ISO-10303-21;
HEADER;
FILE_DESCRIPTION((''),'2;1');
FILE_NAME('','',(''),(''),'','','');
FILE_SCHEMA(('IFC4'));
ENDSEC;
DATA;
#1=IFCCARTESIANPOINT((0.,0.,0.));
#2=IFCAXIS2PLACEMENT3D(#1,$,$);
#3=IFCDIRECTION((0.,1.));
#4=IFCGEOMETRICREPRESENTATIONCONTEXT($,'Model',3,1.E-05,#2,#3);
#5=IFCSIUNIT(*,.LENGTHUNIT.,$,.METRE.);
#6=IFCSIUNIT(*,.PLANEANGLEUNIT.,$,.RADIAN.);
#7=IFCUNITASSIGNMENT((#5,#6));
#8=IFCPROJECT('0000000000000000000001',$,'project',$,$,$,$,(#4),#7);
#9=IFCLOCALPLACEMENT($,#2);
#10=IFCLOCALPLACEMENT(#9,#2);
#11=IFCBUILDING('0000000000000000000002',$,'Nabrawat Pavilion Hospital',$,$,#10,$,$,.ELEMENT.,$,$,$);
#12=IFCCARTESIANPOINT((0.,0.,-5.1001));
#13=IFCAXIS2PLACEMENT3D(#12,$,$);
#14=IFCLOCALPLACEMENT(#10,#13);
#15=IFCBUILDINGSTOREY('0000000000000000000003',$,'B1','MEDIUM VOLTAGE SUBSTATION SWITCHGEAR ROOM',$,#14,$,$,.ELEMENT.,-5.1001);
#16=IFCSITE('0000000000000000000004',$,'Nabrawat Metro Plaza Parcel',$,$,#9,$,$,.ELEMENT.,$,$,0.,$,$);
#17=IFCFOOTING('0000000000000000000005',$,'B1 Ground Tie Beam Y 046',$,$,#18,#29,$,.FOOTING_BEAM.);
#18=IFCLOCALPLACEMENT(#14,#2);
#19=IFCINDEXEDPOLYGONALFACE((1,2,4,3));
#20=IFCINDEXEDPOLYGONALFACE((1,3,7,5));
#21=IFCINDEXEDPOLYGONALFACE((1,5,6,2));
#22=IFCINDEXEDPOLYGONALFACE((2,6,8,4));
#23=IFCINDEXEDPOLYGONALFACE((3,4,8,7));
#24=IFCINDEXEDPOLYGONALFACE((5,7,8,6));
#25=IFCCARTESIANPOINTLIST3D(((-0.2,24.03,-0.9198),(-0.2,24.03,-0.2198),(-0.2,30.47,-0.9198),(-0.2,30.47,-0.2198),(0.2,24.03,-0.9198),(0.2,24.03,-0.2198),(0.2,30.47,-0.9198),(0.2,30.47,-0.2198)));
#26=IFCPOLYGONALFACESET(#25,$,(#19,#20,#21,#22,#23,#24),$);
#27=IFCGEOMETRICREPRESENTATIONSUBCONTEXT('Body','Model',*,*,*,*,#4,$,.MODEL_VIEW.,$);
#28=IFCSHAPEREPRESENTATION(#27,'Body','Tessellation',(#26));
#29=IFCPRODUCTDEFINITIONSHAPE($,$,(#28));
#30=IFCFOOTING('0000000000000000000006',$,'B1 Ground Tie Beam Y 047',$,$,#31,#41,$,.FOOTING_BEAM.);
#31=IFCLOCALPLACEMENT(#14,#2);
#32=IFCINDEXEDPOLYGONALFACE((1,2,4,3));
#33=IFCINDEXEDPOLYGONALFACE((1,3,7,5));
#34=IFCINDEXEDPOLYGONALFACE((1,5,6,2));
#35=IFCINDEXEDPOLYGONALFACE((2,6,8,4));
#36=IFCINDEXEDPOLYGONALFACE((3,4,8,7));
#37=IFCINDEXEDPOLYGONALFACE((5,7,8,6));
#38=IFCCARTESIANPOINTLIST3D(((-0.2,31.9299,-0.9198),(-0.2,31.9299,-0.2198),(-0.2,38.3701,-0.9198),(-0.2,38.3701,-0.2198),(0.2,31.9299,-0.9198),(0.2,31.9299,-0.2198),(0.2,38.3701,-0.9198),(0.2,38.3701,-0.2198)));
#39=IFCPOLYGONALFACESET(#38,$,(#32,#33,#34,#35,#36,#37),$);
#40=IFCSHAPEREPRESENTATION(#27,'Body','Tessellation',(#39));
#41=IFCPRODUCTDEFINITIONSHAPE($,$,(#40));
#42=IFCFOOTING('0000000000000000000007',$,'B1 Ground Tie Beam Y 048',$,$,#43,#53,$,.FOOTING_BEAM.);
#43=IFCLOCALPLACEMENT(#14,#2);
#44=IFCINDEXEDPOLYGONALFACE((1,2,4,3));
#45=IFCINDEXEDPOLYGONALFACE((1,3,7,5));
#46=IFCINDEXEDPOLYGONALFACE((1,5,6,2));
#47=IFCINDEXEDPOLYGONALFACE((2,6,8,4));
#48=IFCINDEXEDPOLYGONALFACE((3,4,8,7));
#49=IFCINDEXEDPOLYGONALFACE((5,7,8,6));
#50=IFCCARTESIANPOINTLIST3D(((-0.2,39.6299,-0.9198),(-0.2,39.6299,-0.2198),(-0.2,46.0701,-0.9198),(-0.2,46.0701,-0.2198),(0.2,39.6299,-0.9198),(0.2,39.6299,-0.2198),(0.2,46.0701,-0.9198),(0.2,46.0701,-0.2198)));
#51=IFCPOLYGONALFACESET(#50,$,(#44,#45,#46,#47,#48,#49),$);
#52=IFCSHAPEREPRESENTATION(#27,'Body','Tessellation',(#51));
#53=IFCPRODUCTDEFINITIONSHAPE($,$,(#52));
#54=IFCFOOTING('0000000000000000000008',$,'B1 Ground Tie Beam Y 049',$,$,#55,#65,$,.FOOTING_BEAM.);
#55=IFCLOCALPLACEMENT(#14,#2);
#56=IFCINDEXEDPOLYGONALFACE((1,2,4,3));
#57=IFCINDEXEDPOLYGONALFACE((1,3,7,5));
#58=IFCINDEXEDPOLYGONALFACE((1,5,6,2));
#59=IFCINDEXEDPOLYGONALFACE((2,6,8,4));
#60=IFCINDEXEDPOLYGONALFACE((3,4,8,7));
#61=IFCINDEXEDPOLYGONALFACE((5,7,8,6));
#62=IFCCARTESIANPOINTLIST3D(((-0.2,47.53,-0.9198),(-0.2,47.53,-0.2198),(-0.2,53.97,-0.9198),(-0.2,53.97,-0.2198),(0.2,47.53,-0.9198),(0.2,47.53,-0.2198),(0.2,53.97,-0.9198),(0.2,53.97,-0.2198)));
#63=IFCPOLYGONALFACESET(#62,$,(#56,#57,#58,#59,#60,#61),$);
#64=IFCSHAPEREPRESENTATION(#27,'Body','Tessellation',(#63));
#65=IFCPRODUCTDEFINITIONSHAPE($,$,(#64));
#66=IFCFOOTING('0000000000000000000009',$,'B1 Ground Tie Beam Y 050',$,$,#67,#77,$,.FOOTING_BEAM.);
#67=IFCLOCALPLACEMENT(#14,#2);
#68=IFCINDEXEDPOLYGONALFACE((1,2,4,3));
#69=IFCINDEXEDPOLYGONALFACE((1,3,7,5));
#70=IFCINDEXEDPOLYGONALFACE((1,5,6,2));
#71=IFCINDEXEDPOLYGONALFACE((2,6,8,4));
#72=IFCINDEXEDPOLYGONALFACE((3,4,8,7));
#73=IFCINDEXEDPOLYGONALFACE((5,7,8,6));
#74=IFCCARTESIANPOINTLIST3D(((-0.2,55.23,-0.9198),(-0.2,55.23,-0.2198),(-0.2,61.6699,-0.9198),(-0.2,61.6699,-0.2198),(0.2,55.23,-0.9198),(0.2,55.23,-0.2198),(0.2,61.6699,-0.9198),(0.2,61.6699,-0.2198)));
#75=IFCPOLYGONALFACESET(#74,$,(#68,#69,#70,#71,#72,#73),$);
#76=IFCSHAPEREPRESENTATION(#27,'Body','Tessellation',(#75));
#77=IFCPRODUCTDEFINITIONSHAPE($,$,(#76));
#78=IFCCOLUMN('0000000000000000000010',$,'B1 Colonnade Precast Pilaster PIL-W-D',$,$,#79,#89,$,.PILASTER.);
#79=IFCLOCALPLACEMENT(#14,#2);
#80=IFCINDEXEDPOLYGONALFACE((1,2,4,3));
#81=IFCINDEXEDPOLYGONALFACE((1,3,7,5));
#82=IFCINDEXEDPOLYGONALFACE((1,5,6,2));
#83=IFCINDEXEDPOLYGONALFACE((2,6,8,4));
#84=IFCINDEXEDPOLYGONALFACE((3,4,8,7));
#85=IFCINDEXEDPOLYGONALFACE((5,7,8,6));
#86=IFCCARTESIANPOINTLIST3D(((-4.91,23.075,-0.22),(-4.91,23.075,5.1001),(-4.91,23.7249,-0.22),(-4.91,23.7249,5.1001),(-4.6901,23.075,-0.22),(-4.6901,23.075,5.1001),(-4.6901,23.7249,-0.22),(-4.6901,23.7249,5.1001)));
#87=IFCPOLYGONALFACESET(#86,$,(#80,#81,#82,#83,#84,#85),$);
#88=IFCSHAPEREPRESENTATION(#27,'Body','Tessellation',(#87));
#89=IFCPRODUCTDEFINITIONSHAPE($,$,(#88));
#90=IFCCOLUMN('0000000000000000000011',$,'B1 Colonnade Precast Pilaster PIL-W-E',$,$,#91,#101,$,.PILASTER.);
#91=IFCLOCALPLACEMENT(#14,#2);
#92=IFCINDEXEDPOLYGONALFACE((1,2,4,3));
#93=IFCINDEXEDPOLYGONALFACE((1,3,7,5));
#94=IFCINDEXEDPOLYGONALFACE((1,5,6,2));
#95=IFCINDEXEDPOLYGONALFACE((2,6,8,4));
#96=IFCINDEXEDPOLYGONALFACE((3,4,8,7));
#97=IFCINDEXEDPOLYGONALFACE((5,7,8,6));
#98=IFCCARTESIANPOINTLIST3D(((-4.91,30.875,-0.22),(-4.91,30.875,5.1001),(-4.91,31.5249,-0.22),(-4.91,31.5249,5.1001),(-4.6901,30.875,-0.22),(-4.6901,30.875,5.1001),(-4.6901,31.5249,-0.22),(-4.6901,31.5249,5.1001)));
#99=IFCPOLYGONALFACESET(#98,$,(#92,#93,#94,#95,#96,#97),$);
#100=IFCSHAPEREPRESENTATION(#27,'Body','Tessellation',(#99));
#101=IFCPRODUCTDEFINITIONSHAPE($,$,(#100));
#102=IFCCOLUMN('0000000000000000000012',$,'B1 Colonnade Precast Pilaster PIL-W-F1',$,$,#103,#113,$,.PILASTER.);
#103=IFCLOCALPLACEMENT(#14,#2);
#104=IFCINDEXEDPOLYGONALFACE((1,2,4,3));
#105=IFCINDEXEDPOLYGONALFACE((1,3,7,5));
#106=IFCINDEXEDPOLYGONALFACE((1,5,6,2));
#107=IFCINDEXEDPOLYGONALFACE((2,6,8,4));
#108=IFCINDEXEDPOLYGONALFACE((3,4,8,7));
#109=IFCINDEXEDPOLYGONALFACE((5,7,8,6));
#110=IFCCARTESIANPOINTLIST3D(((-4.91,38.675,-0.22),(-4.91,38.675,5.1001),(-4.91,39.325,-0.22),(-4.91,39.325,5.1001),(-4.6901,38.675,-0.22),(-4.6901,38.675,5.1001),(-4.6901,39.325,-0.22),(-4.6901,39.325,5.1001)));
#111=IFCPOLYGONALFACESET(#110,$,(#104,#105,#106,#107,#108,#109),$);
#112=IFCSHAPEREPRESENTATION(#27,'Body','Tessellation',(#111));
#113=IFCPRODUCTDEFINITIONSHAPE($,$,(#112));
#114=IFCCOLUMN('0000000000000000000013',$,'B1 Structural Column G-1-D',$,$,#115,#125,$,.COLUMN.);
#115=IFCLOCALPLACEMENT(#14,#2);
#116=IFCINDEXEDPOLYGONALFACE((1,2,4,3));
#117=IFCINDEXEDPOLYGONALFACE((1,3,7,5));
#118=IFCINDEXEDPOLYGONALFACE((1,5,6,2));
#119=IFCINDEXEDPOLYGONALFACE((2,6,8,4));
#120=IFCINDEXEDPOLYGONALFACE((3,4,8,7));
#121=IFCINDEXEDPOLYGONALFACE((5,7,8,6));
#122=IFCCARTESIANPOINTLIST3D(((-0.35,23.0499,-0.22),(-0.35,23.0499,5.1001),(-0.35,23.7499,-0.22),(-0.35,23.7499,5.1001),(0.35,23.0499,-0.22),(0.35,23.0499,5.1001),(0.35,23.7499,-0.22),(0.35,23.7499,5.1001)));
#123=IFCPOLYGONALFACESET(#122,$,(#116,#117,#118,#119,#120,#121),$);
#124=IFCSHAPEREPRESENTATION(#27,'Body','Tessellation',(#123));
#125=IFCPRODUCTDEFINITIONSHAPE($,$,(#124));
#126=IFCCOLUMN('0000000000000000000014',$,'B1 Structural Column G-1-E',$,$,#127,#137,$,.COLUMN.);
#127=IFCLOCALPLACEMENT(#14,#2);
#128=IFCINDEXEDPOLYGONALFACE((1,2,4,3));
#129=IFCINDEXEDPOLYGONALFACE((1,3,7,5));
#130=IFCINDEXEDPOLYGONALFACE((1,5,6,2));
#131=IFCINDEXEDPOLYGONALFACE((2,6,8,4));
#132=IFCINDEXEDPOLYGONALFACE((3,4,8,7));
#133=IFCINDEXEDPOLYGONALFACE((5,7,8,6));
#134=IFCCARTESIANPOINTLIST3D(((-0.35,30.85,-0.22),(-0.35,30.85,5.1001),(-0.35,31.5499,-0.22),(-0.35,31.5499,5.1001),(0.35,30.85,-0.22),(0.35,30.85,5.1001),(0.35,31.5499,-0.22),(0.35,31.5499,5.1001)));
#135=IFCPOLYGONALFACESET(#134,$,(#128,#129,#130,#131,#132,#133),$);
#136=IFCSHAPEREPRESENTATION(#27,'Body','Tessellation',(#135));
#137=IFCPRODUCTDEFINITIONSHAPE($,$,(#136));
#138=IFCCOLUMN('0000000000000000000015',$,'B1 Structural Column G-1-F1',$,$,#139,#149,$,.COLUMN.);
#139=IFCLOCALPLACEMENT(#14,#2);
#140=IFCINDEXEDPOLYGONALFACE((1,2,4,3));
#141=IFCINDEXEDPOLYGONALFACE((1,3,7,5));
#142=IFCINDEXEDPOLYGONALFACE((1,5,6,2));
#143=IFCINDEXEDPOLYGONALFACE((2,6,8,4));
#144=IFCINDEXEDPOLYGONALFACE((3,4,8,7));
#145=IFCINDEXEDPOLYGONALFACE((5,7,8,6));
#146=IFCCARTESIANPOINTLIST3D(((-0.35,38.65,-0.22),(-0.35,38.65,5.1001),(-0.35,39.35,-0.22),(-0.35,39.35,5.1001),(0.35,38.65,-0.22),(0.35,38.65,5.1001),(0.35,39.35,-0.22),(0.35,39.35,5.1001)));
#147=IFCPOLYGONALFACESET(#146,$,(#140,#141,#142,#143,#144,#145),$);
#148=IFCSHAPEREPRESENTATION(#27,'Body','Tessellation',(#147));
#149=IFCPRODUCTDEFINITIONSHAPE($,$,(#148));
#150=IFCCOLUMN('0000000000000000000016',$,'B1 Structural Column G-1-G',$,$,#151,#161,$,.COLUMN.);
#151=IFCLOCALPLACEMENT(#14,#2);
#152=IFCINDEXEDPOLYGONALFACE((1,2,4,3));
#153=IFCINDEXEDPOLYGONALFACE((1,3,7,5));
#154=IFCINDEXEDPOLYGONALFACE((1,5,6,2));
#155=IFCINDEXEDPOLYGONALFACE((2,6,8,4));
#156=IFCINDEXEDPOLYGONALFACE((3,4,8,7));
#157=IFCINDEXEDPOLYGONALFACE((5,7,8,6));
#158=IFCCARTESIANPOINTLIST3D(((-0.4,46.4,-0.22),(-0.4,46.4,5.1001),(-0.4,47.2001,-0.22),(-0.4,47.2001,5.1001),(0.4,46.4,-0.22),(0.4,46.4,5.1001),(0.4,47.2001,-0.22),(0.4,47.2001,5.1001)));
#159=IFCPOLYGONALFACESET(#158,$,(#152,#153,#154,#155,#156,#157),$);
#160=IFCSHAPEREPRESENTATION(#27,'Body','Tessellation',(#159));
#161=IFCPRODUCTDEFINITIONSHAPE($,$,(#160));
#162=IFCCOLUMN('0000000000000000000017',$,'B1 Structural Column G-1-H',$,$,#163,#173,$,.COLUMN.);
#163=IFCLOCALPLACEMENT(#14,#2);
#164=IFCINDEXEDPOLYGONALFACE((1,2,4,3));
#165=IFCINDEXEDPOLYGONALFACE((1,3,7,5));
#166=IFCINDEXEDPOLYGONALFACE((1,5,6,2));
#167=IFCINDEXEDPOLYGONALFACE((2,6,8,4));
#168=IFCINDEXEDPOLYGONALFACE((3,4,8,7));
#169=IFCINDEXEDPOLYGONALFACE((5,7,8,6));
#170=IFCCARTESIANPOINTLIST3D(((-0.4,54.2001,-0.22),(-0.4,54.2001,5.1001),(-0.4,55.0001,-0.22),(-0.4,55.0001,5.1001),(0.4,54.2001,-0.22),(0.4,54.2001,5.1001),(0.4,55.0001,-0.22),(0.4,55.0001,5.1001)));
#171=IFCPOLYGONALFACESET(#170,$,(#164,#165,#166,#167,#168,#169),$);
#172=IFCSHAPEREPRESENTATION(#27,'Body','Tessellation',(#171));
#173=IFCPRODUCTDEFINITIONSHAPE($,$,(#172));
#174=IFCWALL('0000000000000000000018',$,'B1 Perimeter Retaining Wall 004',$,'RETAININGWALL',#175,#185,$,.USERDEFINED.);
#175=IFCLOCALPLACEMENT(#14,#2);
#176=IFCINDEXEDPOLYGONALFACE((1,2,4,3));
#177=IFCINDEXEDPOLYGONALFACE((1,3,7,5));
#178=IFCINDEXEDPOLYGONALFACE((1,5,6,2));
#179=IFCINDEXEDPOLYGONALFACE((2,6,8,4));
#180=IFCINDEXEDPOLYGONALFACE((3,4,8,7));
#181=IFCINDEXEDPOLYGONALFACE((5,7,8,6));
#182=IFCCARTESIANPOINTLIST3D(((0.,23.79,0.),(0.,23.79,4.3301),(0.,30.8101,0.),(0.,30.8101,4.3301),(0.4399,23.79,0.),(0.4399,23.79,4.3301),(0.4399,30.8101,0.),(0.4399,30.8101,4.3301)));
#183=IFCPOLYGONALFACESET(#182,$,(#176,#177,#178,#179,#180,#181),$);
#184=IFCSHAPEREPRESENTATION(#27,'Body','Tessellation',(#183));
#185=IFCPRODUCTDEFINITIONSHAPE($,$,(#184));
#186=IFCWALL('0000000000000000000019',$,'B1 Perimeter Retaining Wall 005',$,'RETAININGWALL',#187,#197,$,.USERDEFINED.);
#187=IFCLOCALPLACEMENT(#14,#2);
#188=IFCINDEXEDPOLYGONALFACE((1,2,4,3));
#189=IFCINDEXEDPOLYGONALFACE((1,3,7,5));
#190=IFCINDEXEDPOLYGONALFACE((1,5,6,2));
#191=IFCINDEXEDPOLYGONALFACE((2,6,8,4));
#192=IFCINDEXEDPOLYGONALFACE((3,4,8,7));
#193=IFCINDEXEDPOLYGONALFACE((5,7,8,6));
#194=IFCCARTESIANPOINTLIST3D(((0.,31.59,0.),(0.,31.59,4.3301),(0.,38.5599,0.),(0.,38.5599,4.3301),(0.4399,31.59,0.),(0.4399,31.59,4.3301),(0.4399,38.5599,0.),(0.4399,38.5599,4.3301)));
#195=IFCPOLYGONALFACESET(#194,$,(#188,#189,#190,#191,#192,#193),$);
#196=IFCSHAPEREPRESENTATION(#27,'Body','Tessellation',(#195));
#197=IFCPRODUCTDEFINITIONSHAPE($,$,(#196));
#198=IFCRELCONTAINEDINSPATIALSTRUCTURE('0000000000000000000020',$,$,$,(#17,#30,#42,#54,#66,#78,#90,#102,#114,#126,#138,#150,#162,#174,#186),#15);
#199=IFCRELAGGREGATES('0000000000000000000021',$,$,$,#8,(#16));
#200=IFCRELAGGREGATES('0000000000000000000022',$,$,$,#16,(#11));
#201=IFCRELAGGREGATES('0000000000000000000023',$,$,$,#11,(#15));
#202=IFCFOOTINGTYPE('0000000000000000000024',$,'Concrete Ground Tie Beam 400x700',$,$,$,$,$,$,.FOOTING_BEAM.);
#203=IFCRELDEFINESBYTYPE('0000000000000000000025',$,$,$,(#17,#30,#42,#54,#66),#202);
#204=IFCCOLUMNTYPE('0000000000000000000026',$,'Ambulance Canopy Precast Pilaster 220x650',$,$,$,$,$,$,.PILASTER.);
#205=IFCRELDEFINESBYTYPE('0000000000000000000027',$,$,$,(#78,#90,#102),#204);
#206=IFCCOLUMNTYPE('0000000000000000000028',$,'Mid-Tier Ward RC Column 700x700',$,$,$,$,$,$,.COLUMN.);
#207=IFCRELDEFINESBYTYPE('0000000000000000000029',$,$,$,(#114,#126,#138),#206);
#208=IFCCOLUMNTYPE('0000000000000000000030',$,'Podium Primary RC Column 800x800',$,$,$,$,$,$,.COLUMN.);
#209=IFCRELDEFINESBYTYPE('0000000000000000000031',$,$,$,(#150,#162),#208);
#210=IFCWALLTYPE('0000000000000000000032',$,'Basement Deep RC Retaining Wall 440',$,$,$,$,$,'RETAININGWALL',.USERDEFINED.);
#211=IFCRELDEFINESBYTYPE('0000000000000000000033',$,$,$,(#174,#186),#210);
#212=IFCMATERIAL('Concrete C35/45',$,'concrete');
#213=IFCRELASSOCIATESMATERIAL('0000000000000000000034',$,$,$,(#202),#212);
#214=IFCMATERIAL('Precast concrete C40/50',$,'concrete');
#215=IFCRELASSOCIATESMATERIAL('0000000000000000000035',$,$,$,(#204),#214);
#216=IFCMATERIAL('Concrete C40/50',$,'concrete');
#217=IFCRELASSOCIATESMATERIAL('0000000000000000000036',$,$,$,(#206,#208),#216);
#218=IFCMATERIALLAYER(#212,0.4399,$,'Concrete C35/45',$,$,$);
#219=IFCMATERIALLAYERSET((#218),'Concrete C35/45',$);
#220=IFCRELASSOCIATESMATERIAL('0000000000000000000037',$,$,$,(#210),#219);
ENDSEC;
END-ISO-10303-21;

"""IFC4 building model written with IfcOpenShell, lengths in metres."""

from ifc_helpers import new_model, si_unit, direction, frame, frame_2d, origin, origin_2d, place, context, subcontext, project, spatial, rectangle, extrude, material, layer, layer_set, material_profile, profile_set, type_object, element, save


model = new_model("IFC4")

# Units and contexts
model_context = context("Model", 3, precision=1e-05, world=origin(), true_north=direction((0.0, 1.0)))
body_context = subcontext(model_context, "Body", "Model", "MODEL_VIEW")
ifc_project = project(units=[si_unit("LENGTHUNIT", "METRE"), si_unit("PLANEANGLEUNIT", "RADIAN")], contexts=[model_context])

# Site, building, storey
site_placement = place(None, origin())
site = spatial("IfcSite", under=ifc_project, at=site_placement, Name="Nabrawat Metro Plaza Parcel", CompositionType="ELEMENT", RefElevation=0.0)
building_placement = place(site_placement, origin())
building = spatial("IfcBuilding", under=site, at=building_placement, Name="Nabrawat Pavilion Hospital", CompositionType="ELEMENT")
storey_placement = place(building_placement, frame((0.0, 0.0, -5.1001)))
storey = spatial("IfcBuildingStorey", under=building, at=storey_placement, Name="B1", Description="MEDIUM VOLTAGE SUBSTATION SWITCHGEAR ROOM", CompositionType="ELEMENT", Elevation=-5.1001)

# Shared definitions
ifc_material_1 = material(Name="Concrete C35/45", Category="concrete")

# Footings
ifc_material_profile_1 = material_profile(ifc_material_1, rectangle(XDim=0.3999, YDim=0.7, at=origin_2d()), Name="RC 400x700")
ifc_profile_set_1 = profile_set([ifc_material_profile_1], Name="Concrete C35/45")
footing_type = type_object("IfcFootingType", Name="Concrete Ground Tie Beam 400x700", PredefinedType="FOOTING_BEAM", material=ifc_profile_set_1)
footing_placement = place(storey_placement, frame((0.0, 24.03, -0.5698), z_axis=(0.0, 1.0, 0.0), x_axis=(-1.0, 0.0, 0.0)))
element("IfcFooting", 1, at=footing_placement, inside=storey, type_object=footing_type, Name="B1 Ground Tie Beam Y 046", PredefinedType="FOOTING_BEAM", context=body_context, shape_type="SweptSolid", body=[
    extrude(rectangle(XDim=0.3999, YDim=0.7, at=origin_2d()), origin(), (0.0, 0.0, 1.0), 6.4399),
])
for number, where, z_axis, x_axis, name in (
    (2, (0.0, 31.9299, -0.5698), (0.0, 1.0, 0.0), (-1.0, 0.0, 0.0), "B1 Ground Tie Beam Y 047"),
    (3, (0.0, 39.6299, -0.5698), (0.0, 1.0, 0.0), (-1.0, 0.0, 0.0), "B1 Ground Tie Beam Y 048"),
):
    element("IfcFooting", number, at=place(storey_placement, frame(where, z_axis=z_axis, x_axis=x_axis)), inside=storey, type_object=footing_type, Name=name, PredefinedType="FOOTING_BEAM", context=body_context, shape_type="SweptSolid", body=[
        extrude(rectangle(XDim=0.3999, YDim=0.7, at=origin_2d()), origin(), (0.0, 0.0, 1.0), 6.4402),
    ])
for number, where, z_axis, x_axis, name in (
    (4, (0.0, 47.53, -0.5698), (0.0, 1.0, 0.0), (-1.0, 0.0, 0.0), "B1 Ground Tie Beam Y 049"),
    (5, (0.0, 55.23, -0.5698), (0.0, 1.0, 0.0), (-1.0, 0.0, 0.0), "B1 Ground Tie Beam Y 050"),
):
    element("IfcFooting", number, at=place(storey_placement, frame(where, z_axis=z_axis, x_axis=x_axis)), inside=storey, type_object=footing_type, Name=name, PredefinedType="FOOTING_BEAM", context=body_context, shape_type="SweptSolid", body=[
        extrude(rectangle(XDim=0.3999, YDim=0.7, at=origin_2d()), origin(), (0.0, 0.0, 1.0), 6.4399),
    ])

# Columns
ifc_material_2 = material(Name="Precast concrete C40/50", Category="concrete")
ifc_material_profile_2 = material_profile(ifc_material_2, rectangle(XDim=0.22, YDim=0.6499, at=origin_2d()), Name="PC 220x650")
ifc_profile_set_2 = profile_set([ifc_material_profile_2], Name="Precast concrete C40/50")
column_type_1 = type_object("IfcColumnType", Name="Ambulance Canopy Precast Pilaster 220x650", PredefinedType="PILASTER", material=ifc_profile_set_2)
for number, where, z_axis, x_axis, name in (
    (6, (-4.8, 23.3999, -0.22), (0.0, 0.0, 1.0), (1.0, 0.0, 0.0), "B1 Colonnade Precast Pilaster PIL-W-D"),
    (7, (-4.8, 31.2, -0.22), (0.0, 0.0, 1.0), (1.0, 0.0, 0.0), "B1 Colonnade Precast Pilaster PIL-W-E"),
    (8, (-4.8, 39.0, -0.22), (0.0, 0.0, 1.0), (1.0, 0.0, 0.0), "B1 Colonnade Precast Pilaster PIL-W-F1"),
):
    element("IfcColumn", number, at=place(storey_placement, frame(where, z_axis=z_axis, x_axis=x_axis)), inside=storey, type_object=column_type_1, Name=name, PredefinedType="PILASTER", context=body_context, shape_type="SweptSolid", body=[
        extrude(rectangle(XDim=0.22, YDim=0.6499, at=origin_2d()), origin(), (0.0, 0.0, 1.0), 5.3201),
    ])
ifc_material_3 = material(Name="Concrete C40/50", Category="concrete")
ifc_material_profile_3 = material_profile(ifc_material_3, rectangle(XDim=0.7, YDim=0.7, at=origin_2d()), Name="RC 700x700")
ifc_profile_set_3 = profile_set([ifc_material_profile_3], Name="Concrete C40/50")
column_type_2 = type_object("IfcColumnType", Name="Mid-Tier Ward RC Column 700x700", PredefinedType="COLUMN", material=ifc_profile_set_3)
for number, where, z_axis, x_axis, name in (
    (9, (0.0, 23.3999, -0.22), (0.0, 0.0, 1.0), (1.0, 0.0, 0.0), "B1 Structural Column G-1-D"),
    (10, (0.0, 31.2, -0.22), (0.0, 0.0, 1.0), (1.0, 0.0, 0.0), "B1 Structural Column G-1-E"),
    (11, (0.0, 39.0, -0.22), (0.0, 0.0, 1.0), (1.0, 0.0, 0.0), "B1 Structural Column G-1-F1"),
):
    element("IfcColumn", number, at=place(storey_placement, frame(where, z_axis=z_axis, x_axis=x_axis)), inside=storey, type_object=column_type_2, Name=name, PredefinedType="COLUMN", context=body_context, shape_type="SweptSolid", body=[
        extrude(rectangle(XDim=0.7, YDim=0.7, at=origin_2d()), origin(), (0.0, 0.0, 1.0), 5.3201),
    ])
ifc_material_profile_4 = material_profile(ifc_material_3, rectangle(XDim=0.8, YDim=0.8, at=origin_2d()), Name="RC 800x800")
ifc_profile_set_4 = profile_set([ifc_material_profile_4], Name="Concrete C40/50")
column_type_3 = type_object("IfcColumnType", Name="Podium Primary RC Column 800x800", PredefinedType="COLUMN", material=ifc_profile_set_4)
for number, where, z_axis, x_axis, name in (
    (12, (0.0, 46.8, -0.22), (0.0, 0.0, 1.0), (1.0, 0.0, 0.0), "B1 Structural Column G-1-G"),
    (13, (0.0, 54.6001, -0.22), (0.0, 0.0, 1.0), (1.0, 0.0, 0.0), "B1 Structural Column G-1-H"),
):
    element("IfcColumn", number, at=place(storey_placement, frame(where, z_axis=z_axis, x_axis=x_axis)), inside=storey, type_object=column_type_3, Name=name, PredefinedType="COLUMN", context=body_context, shape_type="SweptSolid", body=[
        extrude(rectangle(XDim=0.8, YDim=0.8, at=origin_2d()), origin(), (0.0, 0.0, 1.0), 5.3201),
    ])

# Walls
ifc_layer_1 = layer(ifc_material_1, 0.4399, Name="Concrete C35/45")
ifc_layer_set_1 = layer_set([ifc_layer_1], Name="Concrete C35/45")
wall_type_1 = type_object("IfcWallType", Name="Basement Deep RC Retaining Wall 440", ElementType="RETAININGWALL", PredefinedType="USERDEFINED", material=ifc_layer_set_1)
wall_1_placement = place(storey_placement, frame((0.22, 23.79, 0.0), z_axis=(0.0, 0.0, 1.0), x_axis=(0.0, 1.0, 0.0)))
element("IfcWall", 14, at=wall_1_placement, inside=storey, type_object=wall_type_1, Name="B1 Perimeter Retaining Wall 004", ObjectType="RETAININGWALL", PredefinedType="USERDEFINED", context=body_context, shape_type="SweptSolid", body=[
    extrude(rectangle(XDim=7.02, YDim=0.4399, at=frame_2d((3.51, 0.0))), origin(), (0.0, 0.0, 1.0), 4.3301),
])
wall_2_placement = place(storey_placement, frame((0.22, 31.5901, 0.0), z_axis=(0.0, 0.0, 1.0), x_axis=(0.0, 1.0, 0.0)))
element("IfcWall", 15, at=wall_2_placement, inside=storey, type_object=wall_type_1, Name="B1 Perimeter Retaining Wall 005", ObjectType="RETAININGWALL", PredefinedType="USERDEFINED", context=body_context, shape_type="SweptSolid", body=[
    extrude(rectangle(XDim=6.97, YDim=0.4399, at=frame_2d((3.4849, 0.0))), origin(), (0.0, 0.0, 1.0), 4.3301),
])

save(model, "model.ifc")
